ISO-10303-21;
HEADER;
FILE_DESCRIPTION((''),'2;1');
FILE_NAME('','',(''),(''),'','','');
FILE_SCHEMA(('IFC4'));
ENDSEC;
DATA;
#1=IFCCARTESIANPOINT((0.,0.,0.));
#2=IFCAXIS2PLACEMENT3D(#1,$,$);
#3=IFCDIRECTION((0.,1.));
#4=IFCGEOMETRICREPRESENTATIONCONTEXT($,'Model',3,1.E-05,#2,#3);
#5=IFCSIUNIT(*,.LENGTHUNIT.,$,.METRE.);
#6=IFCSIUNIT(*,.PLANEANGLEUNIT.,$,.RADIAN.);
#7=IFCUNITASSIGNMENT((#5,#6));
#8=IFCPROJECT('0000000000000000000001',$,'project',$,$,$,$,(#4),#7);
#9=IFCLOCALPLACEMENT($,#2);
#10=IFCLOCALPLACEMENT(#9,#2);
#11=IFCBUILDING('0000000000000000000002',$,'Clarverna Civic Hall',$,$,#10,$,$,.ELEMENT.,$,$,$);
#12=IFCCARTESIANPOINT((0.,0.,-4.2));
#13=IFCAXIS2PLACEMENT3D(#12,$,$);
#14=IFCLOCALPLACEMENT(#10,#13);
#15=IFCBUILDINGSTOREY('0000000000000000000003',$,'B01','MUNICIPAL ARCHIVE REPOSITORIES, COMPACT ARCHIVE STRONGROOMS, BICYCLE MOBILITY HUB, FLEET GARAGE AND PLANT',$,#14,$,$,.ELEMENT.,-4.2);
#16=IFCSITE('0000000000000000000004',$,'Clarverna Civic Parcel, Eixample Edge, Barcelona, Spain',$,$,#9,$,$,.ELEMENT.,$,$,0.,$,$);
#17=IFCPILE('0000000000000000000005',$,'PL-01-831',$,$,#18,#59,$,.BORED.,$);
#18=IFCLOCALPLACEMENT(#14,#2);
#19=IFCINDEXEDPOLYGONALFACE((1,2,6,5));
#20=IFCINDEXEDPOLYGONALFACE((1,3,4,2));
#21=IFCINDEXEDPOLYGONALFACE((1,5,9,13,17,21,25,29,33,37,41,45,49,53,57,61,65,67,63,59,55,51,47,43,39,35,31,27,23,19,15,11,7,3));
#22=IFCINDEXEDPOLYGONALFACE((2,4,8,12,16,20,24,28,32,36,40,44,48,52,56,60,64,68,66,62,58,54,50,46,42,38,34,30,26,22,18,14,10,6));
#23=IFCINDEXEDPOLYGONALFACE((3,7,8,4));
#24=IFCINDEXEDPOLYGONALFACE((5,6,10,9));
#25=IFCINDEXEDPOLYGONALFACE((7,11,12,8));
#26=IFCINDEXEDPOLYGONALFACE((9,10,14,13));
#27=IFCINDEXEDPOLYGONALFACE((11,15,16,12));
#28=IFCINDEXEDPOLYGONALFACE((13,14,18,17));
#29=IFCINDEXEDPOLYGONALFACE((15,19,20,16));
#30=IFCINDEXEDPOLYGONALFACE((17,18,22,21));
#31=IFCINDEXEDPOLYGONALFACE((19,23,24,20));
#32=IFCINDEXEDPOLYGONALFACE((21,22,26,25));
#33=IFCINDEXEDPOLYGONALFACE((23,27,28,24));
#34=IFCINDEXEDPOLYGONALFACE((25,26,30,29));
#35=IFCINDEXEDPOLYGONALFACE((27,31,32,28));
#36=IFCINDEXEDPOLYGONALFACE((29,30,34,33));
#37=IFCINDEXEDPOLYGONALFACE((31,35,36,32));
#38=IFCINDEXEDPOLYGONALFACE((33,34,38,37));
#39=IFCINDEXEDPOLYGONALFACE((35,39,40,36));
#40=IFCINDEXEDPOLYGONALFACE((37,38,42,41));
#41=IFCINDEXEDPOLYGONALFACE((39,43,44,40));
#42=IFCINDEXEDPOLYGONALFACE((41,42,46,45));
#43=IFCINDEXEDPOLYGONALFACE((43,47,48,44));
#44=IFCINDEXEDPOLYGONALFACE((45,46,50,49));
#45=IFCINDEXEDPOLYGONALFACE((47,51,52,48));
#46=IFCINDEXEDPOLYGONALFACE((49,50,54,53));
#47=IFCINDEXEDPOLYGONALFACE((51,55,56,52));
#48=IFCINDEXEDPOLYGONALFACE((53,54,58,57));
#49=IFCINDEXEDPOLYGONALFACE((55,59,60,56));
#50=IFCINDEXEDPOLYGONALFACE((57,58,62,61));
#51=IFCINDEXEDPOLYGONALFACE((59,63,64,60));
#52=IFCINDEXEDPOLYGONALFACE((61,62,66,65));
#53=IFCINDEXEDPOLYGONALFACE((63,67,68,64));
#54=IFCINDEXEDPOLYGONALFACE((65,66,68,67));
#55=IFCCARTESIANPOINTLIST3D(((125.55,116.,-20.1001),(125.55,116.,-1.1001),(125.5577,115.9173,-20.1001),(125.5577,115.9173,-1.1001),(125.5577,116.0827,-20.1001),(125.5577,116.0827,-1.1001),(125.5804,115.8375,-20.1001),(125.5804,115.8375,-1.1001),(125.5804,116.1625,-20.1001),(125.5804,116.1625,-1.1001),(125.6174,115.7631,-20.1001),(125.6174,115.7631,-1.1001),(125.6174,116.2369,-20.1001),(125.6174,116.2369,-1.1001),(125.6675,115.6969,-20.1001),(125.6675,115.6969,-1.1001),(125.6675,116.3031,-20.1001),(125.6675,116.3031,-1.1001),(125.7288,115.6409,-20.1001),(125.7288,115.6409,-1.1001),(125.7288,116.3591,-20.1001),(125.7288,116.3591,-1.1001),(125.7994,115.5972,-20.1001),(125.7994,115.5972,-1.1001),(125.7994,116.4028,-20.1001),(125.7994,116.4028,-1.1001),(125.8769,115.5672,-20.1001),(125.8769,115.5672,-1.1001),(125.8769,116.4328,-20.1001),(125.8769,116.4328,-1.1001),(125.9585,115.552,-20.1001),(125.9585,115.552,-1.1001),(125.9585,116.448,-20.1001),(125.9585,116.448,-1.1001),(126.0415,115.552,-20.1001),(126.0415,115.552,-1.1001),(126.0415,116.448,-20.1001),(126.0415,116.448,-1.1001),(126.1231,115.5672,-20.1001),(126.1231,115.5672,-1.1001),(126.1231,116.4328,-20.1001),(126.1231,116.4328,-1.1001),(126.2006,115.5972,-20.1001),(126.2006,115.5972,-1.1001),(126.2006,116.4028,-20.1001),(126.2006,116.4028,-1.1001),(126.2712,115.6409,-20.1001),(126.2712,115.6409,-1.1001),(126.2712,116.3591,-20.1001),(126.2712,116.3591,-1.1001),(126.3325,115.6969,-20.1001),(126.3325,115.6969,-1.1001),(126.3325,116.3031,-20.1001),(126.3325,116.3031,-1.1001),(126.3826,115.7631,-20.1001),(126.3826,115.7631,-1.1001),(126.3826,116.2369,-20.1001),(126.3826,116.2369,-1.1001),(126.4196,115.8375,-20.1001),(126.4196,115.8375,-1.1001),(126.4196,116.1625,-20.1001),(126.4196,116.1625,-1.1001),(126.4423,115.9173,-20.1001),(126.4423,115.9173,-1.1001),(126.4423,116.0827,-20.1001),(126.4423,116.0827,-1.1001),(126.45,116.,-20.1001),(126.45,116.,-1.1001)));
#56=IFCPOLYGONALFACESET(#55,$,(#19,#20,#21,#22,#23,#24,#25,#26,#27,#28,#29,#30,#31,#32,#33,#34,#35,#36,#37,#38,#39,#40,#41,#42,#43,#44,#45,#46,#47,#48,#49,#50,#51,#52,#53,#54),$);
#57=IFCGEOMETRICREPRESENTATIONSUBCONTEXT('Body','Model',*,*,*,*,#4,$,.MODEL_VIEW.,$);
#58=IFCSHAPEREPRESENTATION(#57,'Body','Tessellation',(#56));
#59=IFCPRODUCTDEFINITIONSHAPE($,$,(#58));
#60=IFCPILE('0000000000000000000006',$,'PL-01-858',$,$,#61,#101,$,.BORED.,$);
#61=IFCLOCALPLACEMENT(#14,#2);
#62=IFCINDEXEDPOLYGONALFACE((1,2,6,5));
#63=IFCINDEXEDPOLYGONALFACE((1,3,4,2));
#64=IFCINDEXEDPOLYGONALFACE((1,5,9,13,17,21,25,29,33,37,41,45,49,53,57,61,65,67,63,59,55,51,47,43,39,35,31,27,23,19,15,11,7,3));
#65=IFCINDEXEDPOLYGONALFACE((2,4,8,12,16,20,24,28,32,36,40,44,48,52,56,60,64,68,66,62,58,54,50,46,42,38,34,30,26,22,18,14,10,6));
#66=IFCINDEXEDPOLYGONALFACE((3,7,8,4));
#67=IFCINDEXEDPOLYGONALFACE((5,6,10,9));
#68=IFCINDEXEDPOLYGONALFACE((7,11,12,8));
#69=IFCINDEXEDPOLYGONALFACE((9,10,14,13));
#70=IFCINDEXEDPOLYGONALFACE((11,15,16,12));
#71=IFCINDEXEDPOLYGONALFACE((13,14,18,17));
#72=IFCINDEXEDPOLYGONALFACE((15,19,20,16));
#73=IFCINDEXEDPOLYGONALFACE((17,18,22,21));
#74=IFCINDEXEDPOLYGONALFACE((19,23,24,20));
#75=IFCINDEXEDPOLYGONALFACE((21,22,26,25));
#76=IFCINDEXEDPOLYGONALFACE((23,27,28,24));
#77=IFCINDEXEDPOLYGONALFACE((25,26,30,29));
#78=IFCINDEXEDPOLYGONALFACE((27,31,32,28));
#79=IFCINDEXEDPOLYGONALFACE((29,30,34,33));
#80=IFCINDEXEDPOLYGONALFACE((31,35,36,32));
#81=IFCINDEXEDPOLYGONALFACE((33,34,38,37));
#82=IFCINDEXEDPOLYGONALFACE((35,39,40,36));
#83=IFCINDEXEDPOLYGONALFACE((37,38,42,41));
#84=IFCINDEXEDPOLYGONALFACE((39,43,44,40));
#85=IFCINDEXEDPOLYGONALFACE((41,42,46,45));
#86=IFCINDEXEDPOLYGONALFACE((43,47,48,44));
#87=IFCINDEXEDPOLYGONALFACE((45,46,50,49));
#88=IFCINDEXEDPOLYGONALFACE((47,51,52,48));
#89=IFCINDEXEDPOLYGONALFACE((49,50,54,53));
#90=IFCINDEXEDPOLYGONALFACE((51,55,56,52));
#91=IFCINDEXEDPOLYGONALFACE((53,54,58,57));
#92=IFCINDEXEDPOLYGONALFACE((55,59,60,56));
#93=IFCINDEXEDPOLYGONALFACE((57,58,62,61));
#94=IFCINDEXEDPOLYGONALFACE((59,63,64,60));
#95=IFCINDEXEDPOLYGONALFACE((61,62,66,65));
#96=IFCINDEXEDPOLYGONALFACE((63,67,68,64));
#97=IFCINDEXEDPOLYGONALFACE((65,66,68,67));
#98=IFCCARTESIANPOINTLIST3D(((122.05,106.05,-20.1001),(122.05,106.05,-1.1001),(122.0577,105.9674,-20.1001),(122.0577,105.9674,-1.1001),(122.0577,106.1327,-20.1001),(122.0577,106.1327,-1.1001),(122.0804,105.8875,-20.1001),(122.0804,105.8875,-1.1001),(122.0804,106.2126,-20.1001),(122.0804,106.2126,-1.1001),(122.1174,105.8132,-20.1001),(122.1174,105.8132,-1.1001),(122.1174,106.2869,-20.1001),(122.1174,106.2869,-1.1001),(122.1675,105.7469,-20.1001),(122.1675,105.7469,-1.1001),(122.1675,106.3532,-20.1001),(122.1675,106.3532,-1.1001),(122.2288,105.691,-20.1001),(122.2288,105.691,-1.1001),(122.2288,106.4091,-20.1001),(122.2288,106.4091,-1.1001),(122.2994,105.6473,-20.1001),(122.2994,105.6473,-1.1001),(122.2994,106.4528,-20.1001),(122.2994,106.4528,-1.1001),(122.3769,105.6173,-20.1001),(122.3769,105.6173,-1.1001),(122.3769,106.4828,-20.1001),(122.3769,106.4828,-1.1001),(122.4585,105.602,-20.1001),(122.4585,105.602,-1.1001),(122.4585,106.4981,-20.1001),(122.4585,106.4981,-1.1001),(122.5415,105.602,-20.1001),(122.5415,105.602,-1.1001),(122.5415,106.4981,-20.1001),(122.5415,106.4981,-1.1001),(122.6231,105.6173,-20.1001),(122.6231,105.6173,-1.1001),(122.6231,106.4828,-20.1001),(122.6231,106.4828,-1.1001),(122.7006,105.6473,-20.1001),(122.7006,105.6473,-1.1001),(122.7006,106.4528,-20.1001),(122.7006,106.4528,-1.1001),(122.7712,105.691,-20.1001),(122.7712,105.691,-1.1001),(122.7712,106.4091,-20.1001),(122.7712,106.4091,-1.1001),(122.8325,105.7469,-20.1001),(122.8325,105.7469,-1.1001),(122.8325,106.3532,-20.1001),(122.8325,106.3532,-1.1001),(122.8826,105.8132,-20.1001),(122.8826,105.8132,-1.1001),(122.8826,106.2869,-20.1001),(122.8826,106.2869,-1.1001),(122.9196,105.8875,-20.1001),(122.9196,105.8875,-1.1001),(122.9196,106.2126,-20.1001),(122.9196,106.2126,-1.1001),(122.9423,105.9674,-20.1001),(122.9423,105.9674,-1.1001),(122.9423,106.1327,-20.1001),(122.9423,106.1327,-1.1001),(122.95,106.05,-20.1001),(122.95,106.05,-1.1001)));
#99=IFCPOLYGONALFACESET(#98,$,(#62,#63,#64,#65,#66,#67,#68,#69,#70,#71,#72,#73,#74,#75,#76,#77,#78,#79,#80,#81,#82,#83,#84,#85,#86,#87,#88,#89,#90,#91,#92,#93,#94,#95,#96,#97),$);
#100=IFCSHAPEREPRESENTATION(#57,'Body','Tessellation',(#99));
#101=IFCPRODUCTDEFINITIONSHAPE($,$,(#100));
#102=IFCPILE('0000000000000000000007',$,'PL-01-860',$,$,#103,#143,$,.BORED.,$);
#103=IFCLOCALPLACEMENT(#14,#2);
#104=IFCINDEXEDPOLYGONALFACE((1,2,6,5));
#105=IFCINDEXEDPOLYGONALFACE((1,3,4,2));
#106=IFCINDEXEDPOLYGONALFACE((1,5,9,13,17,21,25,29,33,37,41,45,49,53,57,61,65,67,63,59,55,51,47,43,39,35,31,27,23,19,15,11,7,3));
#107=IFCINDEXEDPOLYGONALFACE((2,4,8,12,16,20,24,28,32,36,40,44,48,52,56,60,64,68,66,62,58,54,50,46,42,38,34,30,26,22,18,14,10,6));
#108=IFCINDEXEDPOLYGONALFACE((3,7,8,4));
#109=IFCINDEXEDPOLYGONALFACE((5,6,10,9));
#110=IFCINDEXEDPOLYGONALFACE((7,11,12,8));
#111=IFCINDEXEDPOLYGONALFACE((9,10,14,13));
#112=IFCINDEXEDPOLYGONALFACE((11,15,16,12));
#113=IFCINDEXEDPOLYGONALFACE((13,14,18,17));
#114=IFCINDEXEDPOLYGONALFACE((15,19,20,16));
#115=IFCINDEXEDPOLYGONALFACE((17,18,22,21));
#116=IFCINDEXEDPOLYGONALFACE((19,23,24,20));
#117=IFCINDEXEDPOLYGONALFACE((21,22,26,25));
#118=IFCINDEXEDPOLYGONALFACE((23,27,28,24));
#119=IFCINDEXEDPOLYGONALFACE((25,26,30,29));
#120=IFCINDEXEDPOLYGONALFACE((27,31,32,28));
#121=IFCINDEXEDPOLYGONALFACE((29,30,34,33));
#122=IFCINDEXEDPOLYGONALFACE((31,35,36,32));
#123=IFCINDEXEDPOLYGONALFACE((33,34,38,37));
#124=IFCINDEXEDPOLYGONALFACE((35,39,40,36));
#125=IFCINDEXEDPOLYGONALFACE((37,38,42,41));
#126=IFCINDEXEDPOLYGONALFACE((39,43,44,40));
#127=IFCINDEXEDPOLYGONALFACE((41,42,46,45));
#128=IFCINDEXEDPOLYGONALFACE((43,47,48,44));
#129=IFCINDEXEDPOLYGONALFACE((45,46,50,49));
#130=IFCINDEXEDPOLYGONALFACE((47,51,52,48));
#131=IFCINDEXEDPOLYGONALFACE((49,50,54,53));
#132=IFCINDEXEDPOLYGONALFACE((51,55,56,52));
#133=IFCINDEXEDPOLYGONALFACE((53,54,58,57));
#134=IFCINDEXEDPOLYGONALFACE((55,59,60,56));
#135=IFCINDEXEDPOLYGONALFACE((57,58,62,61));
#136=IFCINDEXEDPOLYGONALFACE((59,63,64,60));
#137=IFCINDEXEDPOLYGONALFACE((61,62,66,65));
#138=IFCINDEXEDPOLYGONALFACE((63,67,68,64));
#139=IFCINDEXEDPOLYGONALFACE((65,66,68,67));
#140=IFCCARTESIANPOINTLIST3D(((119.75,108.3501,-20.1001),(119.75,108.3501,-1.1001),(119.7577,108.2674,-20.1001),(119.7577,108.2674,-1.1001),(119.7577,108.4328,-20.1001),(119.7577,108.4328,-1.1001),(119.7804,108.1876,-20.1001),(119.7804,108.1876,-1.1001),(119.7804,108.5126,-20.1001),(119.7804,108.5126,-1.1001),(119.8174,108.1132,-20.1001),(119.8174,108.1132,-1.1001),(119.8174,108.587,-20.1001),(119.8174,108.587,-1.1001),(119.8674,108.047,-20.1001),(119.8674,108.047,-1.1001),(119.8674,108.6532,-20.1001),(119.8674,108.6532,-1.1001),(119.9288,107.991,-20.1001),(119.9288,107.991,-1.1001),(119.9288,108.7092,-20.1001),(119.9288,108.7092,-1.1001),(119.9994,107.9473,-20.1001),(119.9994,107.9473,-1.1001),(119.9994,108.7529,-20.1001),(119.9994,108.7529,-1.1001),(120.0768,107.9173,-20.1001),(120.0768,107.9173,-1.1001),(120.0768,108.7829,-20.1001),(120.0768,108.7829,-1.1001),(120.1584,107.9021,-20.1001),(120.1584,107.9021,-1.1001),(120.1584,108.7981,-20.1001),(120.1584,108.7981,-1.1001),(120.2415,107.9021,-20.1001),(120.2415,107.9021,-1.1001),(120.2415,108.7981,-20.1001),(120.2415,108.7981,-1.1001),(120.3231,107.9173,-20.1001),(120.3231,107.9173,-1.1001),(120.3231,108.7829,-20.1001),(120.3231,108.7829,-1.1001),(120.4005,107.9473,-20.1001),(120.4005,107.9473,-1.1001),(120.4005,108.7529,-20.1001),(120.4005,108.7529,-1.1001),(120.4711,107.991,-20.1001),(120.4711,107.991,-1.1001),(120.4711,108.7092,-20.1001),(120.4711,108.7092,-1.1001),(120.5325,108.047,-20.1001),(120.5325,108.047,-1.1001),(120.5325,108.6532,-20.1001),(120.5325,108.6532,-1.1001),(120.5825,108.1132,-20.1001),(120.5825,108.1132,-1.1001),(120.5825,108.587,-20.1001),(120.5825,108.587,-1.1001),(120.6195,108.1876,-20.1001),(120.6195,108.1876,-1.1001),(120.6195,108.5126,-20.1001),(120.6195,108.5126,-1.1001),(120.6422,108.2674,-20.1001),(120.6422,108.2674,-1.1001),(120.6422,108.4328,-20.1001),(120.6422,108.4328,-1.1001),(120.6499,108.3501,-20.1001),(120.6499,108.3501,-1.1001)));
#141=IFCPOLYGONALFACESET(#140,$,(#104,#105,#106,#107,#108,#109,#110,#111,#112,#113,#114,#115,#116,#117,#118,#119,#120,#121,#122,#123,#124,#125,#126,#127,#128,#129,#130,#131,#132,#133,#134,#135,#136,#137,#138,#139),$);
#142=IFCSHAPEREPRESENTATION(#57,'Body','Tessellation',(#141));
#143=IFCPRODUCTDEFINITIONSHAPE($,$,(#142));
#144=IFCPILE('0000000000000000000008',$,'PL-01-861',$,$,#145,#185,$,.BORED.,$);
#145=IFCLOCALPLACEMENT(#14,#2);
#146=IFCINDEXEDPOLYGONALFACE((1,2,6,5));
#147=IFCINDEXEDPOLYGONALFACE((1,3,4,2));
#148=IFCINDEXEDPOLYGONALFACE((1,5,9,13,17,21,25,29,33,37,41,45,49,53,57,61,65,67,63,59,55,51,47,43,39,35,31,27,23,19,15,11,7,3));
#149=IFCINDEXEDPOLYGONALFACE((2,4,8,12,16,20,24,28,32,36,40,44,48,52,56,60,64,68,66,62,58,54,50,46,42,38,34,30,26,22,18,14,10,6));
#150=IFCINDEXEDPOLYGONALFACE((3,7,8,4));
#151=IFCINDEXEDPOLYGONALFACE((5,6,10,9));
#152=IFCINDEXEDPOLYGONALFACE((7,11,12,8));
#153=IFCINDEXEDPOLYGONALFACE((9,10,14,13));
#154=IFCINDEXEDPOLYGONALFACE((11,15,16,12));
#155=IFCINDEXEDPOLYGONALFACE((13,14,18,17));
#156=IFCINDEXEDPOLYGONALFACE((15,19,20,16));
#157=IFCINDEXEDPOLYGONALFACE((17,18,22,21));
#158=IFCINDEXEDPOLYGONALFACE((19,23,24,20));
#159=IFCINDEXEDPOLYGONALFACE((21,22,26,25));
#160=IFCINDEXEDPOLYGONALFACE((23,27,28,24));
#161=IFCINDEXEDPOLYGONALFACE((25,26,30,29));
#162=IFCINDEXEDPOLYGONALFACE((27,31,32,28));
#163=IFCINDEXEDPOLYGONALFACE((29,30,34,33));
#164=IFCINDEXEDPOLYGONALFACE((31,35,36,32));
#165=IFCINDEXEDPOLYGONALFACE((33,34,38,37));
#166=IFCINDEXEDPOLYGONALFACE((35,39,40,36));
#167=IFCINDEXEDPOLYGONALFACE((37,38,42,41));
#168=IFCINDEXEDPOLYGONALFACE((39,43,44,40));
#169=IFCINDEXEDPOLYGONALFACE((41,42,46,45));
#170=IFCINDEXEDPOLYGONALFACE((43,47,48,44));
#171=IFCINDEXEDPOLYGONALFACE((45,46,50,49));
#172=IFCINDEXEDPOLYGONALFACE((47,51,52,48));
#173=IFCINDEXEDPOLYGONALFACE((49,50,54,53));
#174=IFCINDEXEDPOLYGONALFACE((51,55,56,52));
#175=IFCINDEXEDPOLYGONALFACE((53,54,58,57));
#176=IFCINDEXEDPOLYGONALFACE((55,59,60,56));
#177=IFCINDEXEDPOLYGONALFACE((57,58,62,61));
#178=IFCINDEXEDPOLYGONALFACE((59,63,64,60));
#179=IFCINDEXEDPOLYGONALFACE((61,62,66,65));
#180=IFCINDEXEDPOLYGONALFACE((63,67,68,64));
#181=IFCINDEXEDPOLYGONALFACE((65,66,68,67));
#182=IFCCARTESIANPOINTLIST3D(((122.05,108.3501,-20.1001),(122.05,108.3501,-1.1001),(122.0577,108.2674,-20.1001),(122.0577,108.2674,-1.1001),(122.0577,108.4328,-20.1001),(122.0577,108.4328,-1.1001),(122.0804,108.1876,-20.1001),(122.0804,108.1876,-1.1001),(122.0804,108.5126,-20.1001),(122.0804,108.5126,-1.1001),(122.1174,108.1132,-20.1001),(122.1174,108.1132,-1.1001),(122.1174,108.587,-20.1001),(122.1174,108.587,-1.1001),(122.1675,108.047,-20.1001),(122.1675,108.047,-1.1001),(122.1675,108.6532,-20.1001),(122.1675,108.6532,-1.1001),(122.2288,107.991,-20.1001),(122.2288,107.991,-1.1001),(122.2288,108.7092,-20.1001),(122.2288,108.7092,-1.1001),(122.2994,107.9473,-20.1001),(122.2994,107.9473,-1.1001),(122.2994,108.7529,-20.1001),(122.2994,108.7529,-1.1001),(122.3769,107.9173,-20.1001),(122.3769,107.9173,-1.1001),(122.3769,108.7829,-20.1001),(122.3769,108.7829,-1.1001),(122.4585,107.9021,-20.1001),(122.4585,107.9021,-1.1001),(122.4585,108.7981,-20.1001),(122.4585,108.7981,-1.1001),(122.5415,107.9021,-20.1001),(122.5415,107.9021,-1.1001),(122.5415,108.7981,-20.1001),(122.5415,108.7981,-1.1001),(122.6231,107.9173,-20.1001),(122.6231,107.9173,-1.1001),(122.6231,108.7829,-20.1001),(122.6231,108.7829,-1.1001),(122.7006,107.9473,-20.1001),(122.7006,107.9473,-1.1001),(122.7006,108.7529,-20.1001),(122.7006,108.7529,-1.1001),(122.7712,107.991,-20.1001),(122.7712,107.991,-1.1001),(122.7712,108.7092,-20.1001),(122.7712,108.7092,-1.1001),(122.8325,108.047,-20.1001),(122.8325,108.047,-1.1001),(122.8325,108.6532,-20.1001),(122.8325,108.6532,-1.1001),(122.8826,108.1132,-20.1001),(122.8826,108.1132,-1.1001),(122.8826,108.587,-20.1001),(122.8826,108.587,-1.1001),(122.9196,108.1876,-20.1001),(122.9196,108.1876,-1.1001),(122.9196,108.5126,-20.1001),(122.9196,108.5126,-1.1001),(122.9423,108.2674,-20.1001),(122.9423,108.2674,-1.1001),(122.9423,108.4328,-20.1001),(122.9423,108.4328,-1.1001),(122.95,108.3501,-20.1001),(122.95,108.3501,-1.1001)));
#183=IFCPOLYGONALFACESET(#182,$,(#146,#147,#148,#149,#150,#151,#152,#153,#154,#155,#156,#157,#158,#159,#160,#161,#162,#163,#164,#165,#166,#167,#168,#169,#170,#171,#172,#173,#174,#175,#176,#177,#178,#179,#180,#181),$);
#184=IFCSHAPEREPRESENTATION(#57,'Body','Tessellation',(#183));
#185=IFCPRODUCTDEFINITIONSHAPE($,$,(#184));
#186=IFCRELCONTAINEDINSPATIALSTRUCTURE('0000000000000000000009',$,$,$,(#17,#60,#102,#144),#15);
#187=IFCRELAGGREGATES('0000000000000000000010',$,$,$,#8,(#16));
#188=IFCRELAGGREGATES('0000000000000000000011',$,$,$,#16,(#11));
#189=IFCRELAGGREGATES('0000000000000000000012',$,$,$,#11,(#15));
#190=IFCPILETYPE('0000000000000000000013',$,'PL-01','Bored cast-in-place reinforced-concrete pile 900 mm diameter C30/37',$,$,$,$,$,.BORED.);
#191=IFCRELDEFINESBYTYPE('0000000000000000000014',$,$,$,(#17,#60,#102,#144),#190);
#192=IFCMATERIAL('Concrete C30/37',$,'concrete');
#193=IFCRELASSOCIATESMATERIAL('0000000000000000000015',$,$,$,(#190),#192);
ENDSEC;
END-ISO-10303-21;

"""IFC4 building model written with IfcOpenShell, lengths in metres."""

from ifc_helpers import new_model, si_unit, direction, frame, origin, origin_2d, place, context, subcontext, project, spatial, circle, extrude, material, material_profile, profile_set, type_object, element, save


model = new_model("IFC4")

# Units and contexts
model_context = context("Model", 3, precision=1e-05, world=origin(), true_north=direction((0.0, 1.0)))
body_context = subcontext(model_context, "Body", "Model", "MODEL_VIEW")
ifc_project = project(units=[si_unit("LENGTHUNIT", "METRE"), si_unit("PLANEANGLEUNIT", "RADIAN")], contexts=[model_context])

# Site, building, storey
site_placement = place(None, origin())
site = spatial("IfcSite", under=ifc_project, at=site_placement, Name="Clarverna Civic Parcel, Eixample Edge, Barcelona, Spain", CompositionType="ELEMENT", RefElevation=0.0)
building_placement = place(site_placement, origin())
building = spatial("IfcBuilding", under=site, at=building_placement, Name="Clarverna Civic Hall", CompositionType="ELEMENT")
storey_placement = place(building_placement, frame((0.0, 0.0, -4.2)))
storey = spatial("IfcBuildingStorey", under=building, at=storey_placement, Name="B01", Description="MUNICIPAL ARCHIVE REPOSITORIES, COMPACT ARCHIVE STRONGROOMS, BICYCLE MOBILITY HUB, FLEET GARAGE AND PLANT", CompositionType="ELEMENT", Elevation=-4.2)

# Shared definitions
ifc_material_1 = material(Name="Concrete C30/37", Category="concrete")

# Piles
ifc_material_profile_1 = material_profile(ifc_material_1, circle(Radius=0.45, at=origin_2d()), Name="BORED PILE D900")
ifc_profile_set_1 = profile_set([ifc_material_profile_1], Name="Concrete C30/37")
pile_type_1 = type_object("IfcPileType", Name="PL-01", Description="Bored cast-in-place reinforced-concrete pile 900 mm diameter C30/37", PredefinedType="BORED", material=ifc_profile_set_1)
for number, where, z_axis, x_axis, name in (
    (1, (126.0, 116.0, -1.1001), (0.0, 0.0, -1.0), (1.0, 0.0, 0.0), "PL-01-831"),
    (2, (122.5, 106.05, -1.1001), (0.0, 0.0, -1.0), (1.0, 0.0, 0.0), "PL-01-858"),
    (3, (120.2, 108.3501, -1.1001), (0.0, 0.0, -1.0), (1.0, 0.0, 0.0), "PL-01-860"),
    (4, (122.5, 108.3501, -1.1001), (0.0, 0.0, -1.0), (1.0, 0.0, 0.0), "PL-01-861"),
):
    element("IfcPile", number, at=place(storey_placement, frame(where, z_axis=z_axis, x_axis=x_axis)), inside=storey, type_object=pile_type_1, Name=name, PredefinedType="BORED", context=body_context, shape_type="SweptSolid", body=[
        extrude(circle(Radius=0.45, at=origin_2d()), origin(), (0.0, 0.0, 1.0), 19.0),
    ])

save(model, "model.ifc")
